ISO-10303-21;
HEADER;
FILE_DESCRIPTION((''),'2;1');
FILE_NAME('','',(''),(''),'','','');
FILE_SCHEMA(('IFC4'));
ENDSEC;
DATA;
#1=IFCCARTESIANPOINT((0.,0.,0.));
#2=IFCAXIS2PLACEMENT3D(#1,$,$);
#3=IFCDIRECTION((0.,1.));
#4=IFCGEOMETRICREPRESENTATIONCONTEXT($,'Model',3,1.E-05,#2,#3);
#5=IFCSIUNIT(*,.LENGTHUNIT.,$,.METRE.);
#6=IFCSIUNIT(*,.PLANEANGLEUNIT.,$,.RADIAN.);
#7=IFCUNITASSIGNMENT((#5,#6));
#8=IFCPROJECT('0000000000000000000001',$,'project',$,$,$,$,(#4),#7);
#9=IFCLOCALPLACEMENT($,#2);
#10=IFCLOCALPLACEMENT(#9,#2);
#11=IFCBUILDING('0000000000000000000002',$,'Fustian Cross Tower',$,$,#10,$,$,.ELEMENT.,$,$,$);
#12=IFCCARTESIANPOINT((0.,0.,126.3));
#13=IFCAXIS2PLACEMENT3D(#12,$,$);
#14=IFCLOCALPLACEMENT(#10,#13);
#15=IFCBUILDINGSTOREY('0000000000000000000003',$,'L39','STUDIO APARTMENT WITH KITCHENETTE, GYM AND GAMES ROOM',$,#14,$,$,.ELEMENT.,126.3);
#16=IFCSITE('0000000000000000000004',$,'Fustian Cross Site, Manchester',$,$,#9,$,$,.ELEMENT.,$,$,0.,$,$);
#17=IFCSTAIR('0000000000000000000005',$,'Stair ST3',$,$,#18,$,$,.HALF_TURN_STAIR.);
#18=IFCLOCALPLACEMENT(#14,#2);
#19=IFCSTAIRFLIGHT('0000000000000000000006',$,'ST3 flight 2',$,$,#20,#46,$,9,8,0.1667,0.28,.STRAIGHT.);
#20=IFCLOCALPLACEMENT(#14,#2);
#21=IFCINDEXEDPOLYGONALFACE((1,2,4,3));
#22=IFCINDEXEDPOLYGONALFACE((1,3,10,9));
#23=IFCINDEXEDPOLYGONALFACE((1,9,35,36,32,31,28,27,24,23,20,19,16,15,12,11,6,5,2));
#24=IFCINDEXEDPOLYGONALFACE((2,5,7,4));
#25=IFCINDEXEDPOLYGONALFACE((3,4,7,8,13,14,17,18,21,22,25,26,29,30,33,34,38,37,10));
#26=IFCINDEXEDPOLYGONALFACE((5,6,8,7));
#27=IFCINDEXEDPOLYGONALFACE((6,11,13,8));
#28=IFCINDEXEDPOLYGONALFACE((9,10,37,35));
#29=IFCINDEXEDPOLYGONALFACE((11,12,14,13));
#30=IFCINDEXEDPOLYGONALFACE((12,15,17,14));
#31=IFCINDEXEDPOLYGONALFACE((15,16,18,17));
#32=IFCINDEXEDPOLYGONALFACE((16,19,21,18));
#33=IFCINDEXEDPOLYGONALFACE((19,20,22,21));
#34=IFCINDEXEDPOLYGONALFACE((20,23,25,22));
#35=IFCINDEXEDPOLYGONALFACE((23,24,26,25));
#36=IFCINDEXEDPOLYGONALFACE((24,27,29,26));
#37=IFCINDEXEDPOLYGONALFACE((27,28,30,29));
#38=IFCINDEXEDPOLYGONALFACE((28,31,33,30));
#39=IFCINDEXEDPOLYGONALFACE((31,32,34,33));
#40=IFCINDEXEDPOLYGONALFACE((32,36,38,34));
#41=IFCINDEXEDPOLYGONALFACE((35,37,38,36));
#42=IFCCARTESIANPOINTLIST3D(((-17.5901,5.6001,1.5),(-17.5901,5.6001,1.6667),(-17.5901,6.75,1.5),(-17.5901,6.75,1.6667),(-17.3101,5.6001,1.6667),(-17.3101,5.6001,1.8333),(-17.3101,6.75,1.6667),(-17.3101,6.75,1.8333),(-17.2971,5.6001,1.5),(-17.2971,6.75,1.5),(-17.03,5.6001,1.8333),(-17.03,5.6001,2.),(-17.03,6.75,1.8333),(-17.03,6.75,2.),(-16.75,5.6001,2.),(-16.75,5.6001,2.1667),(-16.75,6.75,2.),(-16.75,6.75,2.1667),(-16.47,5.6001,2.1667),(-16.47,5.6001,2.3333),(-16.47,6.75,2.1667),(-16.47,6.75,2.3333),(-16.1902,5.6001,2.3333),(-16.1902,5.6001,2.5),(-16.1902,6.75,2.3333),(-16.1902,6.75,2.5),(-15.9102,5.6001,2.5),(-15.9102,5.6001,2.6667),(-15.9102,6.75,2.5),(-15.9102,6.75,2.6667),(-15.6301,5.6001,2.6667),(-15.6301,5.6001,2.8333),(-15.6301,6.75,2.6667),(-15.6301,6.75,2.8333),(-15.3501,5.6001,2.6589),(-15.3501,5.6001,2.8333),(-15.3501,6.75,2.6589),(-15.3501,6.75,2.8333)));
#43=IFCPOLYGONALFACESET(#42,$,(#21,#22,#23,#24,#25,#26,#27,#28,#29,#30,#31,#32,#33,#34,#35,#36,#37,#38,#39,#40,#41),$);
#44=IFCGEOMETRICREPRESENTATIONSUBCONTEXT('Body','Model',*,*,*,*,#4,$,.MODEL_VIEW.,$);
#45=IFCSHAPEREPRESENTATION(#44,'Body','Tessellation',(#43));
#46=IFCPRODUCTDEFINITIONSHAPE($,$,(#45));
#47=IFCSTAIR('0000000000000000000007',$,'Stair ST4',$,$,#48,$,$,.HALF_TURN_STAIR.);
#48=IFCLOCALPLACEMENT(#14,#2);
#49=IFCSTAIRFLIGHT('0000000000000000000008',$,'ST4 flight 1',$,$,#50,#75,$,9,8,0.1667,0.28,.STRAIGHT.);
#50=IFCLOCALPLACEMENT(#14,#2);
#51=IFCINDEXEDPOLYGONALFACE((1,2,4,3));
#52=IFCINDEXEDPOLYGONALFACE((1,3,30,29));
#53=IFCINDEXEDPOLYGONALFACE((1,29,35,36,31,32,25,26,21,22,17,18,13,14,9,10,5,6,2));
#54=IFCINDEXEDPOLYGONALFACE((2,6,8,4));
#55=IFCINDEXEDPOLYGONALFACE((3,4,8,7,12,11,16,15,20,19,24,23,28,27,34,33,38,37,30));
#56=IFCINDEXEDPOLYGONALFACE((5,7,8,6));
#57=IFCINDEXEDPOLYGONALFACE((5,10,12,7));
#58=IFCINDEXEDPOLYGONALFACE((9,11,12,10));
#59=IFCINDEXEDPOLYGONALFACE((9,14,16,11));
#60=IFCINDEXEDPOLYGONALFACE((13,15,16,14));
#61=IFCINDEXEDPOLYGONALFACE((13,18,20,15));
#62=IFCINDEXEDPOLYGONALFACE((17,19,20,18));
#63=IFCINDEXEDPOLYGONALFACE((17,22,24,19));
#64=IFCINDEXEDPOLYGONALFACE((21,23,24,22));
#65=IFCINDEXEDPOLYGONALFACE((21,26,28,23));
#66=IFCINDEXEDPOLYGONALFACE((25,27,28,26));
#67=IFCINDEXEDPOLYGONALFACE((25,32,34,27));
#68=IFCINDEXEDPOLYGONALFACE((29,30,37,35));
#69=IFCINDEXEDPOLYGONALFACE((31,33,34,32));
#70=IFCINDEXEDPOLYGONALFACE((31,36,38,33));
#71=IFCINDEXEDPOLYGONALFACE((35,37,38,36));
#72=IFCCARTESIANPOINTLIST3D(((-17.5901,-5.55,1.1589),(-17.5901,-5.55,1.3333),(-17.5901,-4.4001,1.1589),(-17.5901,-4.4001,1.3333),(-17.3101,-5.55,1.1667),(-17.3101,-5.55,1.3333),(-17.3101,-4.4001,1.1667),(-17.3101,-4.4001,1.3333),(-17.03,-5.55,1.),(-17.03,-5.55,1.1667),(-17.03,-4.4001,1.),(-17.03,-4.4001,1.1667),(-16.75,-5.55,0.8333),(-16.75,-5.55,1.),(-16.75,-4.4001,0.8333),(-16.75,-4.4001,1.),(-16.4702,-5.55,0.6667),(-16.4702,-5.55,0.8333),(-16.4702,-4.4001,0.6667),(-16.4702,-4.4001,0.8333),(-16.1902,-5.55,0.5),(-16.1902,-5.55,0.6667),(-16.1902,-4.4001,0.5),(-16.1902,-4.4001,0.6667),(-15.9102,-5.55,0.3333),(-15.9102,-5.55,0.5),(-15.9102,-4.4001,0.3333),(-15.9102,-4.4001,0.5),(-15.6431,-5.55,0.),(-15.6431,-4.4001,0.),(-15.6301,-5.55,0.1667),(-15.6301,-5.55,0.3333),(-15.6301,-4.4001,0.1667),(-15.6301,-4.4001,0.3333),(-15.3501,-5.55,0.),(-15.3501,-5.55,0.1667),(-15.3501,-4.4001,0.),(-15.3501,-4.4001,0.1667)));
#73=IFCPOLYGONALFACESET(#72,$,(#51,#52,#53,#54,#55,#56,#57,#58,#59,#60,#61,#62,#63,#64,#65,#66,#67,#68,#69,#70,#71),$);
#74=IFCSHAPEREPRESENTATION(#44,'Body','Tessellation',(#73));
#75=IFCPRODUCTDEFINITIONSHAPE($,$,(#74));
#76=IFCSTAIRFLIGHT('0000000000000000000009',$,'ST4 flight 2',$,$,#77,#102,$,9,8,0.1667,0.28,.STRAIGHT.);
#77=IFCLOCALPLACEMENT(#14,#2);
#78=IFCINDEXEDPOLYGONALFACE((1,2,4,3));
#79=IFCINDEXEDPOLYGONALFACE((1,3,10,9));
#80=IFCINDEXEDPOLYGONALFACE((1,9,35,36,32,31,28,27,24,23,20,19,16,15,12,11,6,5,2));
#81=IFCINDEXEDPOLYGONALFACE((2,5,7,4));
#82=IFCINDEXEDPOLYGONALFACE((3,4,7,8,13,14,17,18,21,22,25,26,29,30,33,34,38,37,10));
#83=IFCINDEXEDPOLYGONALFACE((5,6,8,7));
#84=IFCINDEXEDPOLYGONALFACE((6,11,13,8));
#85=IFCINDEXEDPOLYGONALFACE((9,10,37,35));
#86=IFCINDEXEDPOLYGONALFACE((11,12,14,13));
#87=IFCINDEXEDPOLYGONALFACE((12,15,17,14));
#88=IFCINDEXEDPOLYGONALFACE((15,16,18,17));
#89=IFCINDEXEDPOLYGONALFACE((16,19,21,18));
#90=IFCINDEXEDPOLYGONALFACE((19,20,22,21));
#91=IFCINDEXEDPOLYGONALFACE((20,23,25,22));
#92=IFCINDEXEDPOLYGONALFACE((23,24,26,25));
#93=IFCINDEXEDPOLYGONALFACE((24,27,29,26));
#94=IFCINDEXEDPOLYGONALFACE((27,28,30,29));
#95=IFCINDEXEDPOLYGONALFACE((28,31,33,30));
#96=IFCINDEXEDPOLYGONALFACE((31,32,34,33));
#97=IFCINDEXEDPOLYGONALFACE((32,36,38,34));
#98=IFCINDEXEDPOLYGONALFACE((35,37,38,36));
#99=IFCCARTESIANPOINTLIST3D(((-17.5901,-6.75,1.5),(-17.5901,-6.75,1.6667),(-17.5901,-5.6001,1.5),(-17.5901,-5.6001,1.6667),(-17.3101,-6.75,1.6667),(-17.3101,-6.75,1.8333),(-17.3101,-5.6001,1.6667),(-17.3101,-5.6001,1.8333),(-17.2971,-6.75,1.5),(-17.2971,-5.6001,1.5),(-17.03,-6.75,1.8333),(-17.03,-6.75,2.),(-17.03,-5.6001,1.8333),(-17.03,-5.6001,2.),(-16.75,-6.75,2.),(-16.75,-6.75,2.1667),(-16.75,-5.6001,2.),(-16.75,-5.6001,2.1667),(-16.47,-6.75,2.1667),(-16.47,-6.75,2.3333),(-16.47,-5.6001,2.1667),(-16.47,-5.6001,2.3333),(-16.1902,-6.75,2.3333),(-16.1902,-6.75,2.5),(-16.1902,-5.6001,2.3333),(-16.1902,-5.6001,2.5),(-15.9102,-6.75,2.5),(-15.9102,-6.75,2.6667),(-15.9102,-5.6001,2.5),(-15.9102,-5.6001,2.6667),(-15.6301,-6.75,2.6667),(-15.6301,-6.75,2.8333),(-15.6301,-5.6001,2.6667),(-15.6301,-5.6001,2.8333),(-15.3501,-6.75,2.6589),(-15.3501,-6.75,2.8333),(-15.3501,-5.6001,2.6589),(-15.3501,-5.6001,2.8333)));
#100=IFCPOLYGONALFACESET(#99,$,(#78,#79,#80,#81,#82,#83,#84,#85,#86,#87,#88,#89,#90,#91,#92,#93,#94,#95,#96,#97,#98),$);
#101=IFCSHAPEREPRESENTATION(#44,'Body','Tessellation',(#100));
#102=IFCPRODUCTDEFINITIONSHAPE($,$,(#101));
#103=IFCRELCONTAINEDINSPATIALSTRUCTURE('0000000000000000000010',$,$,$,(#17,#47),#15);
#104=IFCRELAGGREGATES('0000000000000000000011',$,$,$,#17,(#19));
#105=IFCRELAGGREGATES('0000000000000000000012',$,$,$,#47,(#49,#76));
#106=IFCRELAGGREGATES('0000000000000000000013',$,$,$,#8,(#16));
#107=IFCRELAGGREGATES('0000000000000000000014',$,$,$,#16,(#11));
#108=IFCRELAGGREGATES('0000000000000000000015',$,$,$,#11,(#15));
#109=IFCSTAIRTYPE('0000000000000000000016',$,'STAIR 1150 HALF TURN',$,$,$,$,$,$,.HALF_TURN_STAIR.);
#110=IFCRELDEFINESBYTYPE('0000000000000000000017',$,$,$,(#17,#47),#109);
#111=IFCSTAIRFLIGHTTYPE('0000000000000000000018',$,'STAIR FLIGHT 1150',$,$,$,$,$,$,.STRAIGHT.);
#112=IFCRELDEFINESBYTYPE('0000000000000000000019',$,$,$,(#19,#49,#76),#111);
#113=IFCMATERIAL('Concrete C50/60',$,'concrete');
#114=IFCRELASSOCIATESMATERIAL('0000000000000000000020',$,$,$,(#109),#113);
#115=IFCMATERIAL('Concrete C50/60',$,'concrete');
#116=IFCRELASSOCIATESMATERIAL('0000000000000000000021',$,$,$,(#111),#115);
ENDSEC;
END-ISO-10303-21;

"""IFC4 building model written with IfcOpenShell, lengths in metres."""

from ifc_helpers import new_model, si_unit, direction, frame, origin, place, context, subcontext, project, spatial, polyline, outline, extrude, material, type_object, element, aggregate, save


model = new_model("IFC4")

# Units and contexts
model_context = context("Model", 3, precision=1e-05, world=origin(), true_north=direction((0.0, 1.0)))
body_context = subcontext(model_context, "Body", "Model", "MODEL_VIEW")
ifc_project = project(units=[si_unit("LENGTHUNIT", "METRE"), si_unit("PLANEANGLEUNIT", "RADIAN")], contexts=[model_context])

# Site, building, storey
site_placement = place(None, origin())
site = spatial("IfcSite", under=ifc_project, at=site_placement, Name="Fustian Cross Site, Manchester", CompositionType="ELEMENT", RefElevation=0.0)
building_placement = place(site_placement, origin())
building = spatial("IfcBuilding", under=site, at=building_placement, Name="Fustian Cross Tower", CompositionType="ELEMENT")
storey_placement = place(building_placement, frame((0.0, 0.0, 126.3)))
storey = spatial("IfcBuildingStorey", under=building, at=storey_placement, Name="L39", Description="STUDIO APARTMENT WITH KITCHENETTE, GYM AND GAMES ROOM", CompositionType="ELEMENT", Elevation=126.3)

# Stairs, stair flights
ifc_material_1 = material(Name="Concrete C50/60", Category="concrete")
stair_type = type_object("IfcStairType", Name="STAIR 1150 HALF TURN", PredefinedType="HALF_TURN_STAIR", material=ifc_material_1)
stair_1_placement = place(storey_placement, origin())
stair_1 = element("IfcStair", 1, at=stair_1_placement, inside=storey, type_object=stair_type, Name="Stair ST3", PredefinedType="HALF_TURN_STAIR")
ifc_material_2 = material(Name="Concrete C50/60", Category="concrete")
stair_flight_type = type_object("IfcStairFlightType", Name="STAIR FLIGHT 1150", PredefinedType="STRAIGHT", material=ifc_material_2)
stair_flight_1_placement = place(storey_placement, frame((-17.5901, 6.175, 1.5), z_axis=(0.0, 0.0, 1.0), x_axis=(1.0, 0.0, 0.0)))
stair_flight_1 = element("IfcStairFlight", 2, at=stair_flight_1_placement, type_object=stair_flight_type, Name="ST3 flight 2", NumberOfRisers=9, NumberOfTreads=8, PredefinedType="STRAIGHT", RiserHeight=0.1667, TreadLength=0.28, context=body_context, shape_type="SweptSolid", body=[
    extrude(outline(polyline([(0.0, 0.0), (0.0, 0.1667), (0.28, 0.1667), (0.28, 0.3333), (0.5601, 0.3333), (0.5601, 0.5), (0.8401, 0.5), (0.8401, 0.6667), (1.1201, 0.6667), (1.1201, 0.8333), (1.3999, 0.8333), (1.3999, 1.0), (1.6799, 1.0), (1.6799, 1.1667), (1.96, 1.1667), (1.96, 1.3333), (2.24, 1.3333), (2.24, 1.5), (2.24, 1.1589), (0.293, 0.0), (0.0, 0.0)])), frame((0.0, 0.575, 0.0), z_axis=(0.0, -1.0, 0.0), x_axis=(1.0, 0.0, 0.0)), (0.0, 0.0, 1.0), 1.1499),
])
aggregate(stair_1, [stair_flight_1])
stair_2_placement = place(storey_placement, origin())
stair_2 = element("IfcStair", 3, at=stair_2_placement, inside=storey, type_object=stair_type, Name="Stair ST4", PredefinedType="HALF_TURN_STAIR")
stair_flight_2_placement = place(storey_placement, frame((-15.3501, -4.9751, 0.0), z_axis=(0.0, 0.0, 1.0), x_axis=(-1.0, 0.0, 0.0)))
stair_flight_2 = element("IfcStairFlight", 4, at=stair_flight_2_placement, type_object=stair_flight_type, Name="ST4 flight 1", NumberOfRisers=9, NumberOfTreads=8, PredefinedType="STRAIGHT", RiserHeight=0.1667, TreadLength=0.28, context=body_context, shape_type="SweptSolid", body=[
    extrude(outline(polyline([(0.0, 0.0), (0.0, 0.1667), (0.28, 0.1667), (0.28, 0.3333), (0.5601, 0.3333), (0.5601, 0.5), (0.8401, 0.5), (0.8401, 0.6667), (1.1201, 0.6667), (1.1201, 0.8333), (1.3999, 0.8333), (1.3999, 1.0), (1.6799, 1.0), (1.6799, 1.1667), (1.96, 1.1667), (1.96, 1.3333), (2.24, 1.3333), (2.24, 1.5), (2.24, 1.1589), (0.293, 0.0), (0.0, 0.0)])), frame((0.0, 0.575, 0.0), z_axis=(0.0, -1.0, 0.0), x_axis=(1.0, 0.0, 0.0)), (0.0, 0.0, 1.0), 1.1499),
])
stair_flight_3_placement = place(storey_placement, frame((-17.5901, -6.175, 1.5), z_axis=(0.0, 0.0, 1.0), x_axis=(1.0, 0.0, 0.0)))
stair_flight_3 = element("IfcStairFlight", 5, at=stair_flight_3_placement, type_object=stair_flight_type, Name="ST4 flight 2", NumberOfRisers=9, NumberOfTreads=8, PredefinedType="STRAIGHT", RiserHeight=0.1667, TreadLength=0.28, context=body_context, shape_type="SweptSolid", body=[
    extrude(outline(polyline([(0.0, 0.0), (0.0, 0.1667), (0.28, 0.1667), (0.28, 0.3333), (0.5601, 0.3333), (0.5601, 0.5), (0.8401, 0.5), (0.8401, 0.6667), (1.1201, 0.6667), (1.1201, 0.8333), (1.3999, 0.8333), (1.3999, 1.0), (1.6799, 1.0), (1.6799, 1.1667), (1.96, 1.1667), (1.96, 1.3333), (2.24, 1.3333), (2.24, 1.5), (2.24, 1.1589), (0.293, 0.0), (0.0, 0.0)])), frame((0.0, 0.575, 0.0), z_axis=(0.0, -1.0, 0.0), x_axis=(1.0, 0.0, 0.0)), (0.0, 0.0, 1.0), 1.1499),
])
aggregate(stair_2, [stair_flight_2, stair_flight_3])

save(model, "model.ifc")
